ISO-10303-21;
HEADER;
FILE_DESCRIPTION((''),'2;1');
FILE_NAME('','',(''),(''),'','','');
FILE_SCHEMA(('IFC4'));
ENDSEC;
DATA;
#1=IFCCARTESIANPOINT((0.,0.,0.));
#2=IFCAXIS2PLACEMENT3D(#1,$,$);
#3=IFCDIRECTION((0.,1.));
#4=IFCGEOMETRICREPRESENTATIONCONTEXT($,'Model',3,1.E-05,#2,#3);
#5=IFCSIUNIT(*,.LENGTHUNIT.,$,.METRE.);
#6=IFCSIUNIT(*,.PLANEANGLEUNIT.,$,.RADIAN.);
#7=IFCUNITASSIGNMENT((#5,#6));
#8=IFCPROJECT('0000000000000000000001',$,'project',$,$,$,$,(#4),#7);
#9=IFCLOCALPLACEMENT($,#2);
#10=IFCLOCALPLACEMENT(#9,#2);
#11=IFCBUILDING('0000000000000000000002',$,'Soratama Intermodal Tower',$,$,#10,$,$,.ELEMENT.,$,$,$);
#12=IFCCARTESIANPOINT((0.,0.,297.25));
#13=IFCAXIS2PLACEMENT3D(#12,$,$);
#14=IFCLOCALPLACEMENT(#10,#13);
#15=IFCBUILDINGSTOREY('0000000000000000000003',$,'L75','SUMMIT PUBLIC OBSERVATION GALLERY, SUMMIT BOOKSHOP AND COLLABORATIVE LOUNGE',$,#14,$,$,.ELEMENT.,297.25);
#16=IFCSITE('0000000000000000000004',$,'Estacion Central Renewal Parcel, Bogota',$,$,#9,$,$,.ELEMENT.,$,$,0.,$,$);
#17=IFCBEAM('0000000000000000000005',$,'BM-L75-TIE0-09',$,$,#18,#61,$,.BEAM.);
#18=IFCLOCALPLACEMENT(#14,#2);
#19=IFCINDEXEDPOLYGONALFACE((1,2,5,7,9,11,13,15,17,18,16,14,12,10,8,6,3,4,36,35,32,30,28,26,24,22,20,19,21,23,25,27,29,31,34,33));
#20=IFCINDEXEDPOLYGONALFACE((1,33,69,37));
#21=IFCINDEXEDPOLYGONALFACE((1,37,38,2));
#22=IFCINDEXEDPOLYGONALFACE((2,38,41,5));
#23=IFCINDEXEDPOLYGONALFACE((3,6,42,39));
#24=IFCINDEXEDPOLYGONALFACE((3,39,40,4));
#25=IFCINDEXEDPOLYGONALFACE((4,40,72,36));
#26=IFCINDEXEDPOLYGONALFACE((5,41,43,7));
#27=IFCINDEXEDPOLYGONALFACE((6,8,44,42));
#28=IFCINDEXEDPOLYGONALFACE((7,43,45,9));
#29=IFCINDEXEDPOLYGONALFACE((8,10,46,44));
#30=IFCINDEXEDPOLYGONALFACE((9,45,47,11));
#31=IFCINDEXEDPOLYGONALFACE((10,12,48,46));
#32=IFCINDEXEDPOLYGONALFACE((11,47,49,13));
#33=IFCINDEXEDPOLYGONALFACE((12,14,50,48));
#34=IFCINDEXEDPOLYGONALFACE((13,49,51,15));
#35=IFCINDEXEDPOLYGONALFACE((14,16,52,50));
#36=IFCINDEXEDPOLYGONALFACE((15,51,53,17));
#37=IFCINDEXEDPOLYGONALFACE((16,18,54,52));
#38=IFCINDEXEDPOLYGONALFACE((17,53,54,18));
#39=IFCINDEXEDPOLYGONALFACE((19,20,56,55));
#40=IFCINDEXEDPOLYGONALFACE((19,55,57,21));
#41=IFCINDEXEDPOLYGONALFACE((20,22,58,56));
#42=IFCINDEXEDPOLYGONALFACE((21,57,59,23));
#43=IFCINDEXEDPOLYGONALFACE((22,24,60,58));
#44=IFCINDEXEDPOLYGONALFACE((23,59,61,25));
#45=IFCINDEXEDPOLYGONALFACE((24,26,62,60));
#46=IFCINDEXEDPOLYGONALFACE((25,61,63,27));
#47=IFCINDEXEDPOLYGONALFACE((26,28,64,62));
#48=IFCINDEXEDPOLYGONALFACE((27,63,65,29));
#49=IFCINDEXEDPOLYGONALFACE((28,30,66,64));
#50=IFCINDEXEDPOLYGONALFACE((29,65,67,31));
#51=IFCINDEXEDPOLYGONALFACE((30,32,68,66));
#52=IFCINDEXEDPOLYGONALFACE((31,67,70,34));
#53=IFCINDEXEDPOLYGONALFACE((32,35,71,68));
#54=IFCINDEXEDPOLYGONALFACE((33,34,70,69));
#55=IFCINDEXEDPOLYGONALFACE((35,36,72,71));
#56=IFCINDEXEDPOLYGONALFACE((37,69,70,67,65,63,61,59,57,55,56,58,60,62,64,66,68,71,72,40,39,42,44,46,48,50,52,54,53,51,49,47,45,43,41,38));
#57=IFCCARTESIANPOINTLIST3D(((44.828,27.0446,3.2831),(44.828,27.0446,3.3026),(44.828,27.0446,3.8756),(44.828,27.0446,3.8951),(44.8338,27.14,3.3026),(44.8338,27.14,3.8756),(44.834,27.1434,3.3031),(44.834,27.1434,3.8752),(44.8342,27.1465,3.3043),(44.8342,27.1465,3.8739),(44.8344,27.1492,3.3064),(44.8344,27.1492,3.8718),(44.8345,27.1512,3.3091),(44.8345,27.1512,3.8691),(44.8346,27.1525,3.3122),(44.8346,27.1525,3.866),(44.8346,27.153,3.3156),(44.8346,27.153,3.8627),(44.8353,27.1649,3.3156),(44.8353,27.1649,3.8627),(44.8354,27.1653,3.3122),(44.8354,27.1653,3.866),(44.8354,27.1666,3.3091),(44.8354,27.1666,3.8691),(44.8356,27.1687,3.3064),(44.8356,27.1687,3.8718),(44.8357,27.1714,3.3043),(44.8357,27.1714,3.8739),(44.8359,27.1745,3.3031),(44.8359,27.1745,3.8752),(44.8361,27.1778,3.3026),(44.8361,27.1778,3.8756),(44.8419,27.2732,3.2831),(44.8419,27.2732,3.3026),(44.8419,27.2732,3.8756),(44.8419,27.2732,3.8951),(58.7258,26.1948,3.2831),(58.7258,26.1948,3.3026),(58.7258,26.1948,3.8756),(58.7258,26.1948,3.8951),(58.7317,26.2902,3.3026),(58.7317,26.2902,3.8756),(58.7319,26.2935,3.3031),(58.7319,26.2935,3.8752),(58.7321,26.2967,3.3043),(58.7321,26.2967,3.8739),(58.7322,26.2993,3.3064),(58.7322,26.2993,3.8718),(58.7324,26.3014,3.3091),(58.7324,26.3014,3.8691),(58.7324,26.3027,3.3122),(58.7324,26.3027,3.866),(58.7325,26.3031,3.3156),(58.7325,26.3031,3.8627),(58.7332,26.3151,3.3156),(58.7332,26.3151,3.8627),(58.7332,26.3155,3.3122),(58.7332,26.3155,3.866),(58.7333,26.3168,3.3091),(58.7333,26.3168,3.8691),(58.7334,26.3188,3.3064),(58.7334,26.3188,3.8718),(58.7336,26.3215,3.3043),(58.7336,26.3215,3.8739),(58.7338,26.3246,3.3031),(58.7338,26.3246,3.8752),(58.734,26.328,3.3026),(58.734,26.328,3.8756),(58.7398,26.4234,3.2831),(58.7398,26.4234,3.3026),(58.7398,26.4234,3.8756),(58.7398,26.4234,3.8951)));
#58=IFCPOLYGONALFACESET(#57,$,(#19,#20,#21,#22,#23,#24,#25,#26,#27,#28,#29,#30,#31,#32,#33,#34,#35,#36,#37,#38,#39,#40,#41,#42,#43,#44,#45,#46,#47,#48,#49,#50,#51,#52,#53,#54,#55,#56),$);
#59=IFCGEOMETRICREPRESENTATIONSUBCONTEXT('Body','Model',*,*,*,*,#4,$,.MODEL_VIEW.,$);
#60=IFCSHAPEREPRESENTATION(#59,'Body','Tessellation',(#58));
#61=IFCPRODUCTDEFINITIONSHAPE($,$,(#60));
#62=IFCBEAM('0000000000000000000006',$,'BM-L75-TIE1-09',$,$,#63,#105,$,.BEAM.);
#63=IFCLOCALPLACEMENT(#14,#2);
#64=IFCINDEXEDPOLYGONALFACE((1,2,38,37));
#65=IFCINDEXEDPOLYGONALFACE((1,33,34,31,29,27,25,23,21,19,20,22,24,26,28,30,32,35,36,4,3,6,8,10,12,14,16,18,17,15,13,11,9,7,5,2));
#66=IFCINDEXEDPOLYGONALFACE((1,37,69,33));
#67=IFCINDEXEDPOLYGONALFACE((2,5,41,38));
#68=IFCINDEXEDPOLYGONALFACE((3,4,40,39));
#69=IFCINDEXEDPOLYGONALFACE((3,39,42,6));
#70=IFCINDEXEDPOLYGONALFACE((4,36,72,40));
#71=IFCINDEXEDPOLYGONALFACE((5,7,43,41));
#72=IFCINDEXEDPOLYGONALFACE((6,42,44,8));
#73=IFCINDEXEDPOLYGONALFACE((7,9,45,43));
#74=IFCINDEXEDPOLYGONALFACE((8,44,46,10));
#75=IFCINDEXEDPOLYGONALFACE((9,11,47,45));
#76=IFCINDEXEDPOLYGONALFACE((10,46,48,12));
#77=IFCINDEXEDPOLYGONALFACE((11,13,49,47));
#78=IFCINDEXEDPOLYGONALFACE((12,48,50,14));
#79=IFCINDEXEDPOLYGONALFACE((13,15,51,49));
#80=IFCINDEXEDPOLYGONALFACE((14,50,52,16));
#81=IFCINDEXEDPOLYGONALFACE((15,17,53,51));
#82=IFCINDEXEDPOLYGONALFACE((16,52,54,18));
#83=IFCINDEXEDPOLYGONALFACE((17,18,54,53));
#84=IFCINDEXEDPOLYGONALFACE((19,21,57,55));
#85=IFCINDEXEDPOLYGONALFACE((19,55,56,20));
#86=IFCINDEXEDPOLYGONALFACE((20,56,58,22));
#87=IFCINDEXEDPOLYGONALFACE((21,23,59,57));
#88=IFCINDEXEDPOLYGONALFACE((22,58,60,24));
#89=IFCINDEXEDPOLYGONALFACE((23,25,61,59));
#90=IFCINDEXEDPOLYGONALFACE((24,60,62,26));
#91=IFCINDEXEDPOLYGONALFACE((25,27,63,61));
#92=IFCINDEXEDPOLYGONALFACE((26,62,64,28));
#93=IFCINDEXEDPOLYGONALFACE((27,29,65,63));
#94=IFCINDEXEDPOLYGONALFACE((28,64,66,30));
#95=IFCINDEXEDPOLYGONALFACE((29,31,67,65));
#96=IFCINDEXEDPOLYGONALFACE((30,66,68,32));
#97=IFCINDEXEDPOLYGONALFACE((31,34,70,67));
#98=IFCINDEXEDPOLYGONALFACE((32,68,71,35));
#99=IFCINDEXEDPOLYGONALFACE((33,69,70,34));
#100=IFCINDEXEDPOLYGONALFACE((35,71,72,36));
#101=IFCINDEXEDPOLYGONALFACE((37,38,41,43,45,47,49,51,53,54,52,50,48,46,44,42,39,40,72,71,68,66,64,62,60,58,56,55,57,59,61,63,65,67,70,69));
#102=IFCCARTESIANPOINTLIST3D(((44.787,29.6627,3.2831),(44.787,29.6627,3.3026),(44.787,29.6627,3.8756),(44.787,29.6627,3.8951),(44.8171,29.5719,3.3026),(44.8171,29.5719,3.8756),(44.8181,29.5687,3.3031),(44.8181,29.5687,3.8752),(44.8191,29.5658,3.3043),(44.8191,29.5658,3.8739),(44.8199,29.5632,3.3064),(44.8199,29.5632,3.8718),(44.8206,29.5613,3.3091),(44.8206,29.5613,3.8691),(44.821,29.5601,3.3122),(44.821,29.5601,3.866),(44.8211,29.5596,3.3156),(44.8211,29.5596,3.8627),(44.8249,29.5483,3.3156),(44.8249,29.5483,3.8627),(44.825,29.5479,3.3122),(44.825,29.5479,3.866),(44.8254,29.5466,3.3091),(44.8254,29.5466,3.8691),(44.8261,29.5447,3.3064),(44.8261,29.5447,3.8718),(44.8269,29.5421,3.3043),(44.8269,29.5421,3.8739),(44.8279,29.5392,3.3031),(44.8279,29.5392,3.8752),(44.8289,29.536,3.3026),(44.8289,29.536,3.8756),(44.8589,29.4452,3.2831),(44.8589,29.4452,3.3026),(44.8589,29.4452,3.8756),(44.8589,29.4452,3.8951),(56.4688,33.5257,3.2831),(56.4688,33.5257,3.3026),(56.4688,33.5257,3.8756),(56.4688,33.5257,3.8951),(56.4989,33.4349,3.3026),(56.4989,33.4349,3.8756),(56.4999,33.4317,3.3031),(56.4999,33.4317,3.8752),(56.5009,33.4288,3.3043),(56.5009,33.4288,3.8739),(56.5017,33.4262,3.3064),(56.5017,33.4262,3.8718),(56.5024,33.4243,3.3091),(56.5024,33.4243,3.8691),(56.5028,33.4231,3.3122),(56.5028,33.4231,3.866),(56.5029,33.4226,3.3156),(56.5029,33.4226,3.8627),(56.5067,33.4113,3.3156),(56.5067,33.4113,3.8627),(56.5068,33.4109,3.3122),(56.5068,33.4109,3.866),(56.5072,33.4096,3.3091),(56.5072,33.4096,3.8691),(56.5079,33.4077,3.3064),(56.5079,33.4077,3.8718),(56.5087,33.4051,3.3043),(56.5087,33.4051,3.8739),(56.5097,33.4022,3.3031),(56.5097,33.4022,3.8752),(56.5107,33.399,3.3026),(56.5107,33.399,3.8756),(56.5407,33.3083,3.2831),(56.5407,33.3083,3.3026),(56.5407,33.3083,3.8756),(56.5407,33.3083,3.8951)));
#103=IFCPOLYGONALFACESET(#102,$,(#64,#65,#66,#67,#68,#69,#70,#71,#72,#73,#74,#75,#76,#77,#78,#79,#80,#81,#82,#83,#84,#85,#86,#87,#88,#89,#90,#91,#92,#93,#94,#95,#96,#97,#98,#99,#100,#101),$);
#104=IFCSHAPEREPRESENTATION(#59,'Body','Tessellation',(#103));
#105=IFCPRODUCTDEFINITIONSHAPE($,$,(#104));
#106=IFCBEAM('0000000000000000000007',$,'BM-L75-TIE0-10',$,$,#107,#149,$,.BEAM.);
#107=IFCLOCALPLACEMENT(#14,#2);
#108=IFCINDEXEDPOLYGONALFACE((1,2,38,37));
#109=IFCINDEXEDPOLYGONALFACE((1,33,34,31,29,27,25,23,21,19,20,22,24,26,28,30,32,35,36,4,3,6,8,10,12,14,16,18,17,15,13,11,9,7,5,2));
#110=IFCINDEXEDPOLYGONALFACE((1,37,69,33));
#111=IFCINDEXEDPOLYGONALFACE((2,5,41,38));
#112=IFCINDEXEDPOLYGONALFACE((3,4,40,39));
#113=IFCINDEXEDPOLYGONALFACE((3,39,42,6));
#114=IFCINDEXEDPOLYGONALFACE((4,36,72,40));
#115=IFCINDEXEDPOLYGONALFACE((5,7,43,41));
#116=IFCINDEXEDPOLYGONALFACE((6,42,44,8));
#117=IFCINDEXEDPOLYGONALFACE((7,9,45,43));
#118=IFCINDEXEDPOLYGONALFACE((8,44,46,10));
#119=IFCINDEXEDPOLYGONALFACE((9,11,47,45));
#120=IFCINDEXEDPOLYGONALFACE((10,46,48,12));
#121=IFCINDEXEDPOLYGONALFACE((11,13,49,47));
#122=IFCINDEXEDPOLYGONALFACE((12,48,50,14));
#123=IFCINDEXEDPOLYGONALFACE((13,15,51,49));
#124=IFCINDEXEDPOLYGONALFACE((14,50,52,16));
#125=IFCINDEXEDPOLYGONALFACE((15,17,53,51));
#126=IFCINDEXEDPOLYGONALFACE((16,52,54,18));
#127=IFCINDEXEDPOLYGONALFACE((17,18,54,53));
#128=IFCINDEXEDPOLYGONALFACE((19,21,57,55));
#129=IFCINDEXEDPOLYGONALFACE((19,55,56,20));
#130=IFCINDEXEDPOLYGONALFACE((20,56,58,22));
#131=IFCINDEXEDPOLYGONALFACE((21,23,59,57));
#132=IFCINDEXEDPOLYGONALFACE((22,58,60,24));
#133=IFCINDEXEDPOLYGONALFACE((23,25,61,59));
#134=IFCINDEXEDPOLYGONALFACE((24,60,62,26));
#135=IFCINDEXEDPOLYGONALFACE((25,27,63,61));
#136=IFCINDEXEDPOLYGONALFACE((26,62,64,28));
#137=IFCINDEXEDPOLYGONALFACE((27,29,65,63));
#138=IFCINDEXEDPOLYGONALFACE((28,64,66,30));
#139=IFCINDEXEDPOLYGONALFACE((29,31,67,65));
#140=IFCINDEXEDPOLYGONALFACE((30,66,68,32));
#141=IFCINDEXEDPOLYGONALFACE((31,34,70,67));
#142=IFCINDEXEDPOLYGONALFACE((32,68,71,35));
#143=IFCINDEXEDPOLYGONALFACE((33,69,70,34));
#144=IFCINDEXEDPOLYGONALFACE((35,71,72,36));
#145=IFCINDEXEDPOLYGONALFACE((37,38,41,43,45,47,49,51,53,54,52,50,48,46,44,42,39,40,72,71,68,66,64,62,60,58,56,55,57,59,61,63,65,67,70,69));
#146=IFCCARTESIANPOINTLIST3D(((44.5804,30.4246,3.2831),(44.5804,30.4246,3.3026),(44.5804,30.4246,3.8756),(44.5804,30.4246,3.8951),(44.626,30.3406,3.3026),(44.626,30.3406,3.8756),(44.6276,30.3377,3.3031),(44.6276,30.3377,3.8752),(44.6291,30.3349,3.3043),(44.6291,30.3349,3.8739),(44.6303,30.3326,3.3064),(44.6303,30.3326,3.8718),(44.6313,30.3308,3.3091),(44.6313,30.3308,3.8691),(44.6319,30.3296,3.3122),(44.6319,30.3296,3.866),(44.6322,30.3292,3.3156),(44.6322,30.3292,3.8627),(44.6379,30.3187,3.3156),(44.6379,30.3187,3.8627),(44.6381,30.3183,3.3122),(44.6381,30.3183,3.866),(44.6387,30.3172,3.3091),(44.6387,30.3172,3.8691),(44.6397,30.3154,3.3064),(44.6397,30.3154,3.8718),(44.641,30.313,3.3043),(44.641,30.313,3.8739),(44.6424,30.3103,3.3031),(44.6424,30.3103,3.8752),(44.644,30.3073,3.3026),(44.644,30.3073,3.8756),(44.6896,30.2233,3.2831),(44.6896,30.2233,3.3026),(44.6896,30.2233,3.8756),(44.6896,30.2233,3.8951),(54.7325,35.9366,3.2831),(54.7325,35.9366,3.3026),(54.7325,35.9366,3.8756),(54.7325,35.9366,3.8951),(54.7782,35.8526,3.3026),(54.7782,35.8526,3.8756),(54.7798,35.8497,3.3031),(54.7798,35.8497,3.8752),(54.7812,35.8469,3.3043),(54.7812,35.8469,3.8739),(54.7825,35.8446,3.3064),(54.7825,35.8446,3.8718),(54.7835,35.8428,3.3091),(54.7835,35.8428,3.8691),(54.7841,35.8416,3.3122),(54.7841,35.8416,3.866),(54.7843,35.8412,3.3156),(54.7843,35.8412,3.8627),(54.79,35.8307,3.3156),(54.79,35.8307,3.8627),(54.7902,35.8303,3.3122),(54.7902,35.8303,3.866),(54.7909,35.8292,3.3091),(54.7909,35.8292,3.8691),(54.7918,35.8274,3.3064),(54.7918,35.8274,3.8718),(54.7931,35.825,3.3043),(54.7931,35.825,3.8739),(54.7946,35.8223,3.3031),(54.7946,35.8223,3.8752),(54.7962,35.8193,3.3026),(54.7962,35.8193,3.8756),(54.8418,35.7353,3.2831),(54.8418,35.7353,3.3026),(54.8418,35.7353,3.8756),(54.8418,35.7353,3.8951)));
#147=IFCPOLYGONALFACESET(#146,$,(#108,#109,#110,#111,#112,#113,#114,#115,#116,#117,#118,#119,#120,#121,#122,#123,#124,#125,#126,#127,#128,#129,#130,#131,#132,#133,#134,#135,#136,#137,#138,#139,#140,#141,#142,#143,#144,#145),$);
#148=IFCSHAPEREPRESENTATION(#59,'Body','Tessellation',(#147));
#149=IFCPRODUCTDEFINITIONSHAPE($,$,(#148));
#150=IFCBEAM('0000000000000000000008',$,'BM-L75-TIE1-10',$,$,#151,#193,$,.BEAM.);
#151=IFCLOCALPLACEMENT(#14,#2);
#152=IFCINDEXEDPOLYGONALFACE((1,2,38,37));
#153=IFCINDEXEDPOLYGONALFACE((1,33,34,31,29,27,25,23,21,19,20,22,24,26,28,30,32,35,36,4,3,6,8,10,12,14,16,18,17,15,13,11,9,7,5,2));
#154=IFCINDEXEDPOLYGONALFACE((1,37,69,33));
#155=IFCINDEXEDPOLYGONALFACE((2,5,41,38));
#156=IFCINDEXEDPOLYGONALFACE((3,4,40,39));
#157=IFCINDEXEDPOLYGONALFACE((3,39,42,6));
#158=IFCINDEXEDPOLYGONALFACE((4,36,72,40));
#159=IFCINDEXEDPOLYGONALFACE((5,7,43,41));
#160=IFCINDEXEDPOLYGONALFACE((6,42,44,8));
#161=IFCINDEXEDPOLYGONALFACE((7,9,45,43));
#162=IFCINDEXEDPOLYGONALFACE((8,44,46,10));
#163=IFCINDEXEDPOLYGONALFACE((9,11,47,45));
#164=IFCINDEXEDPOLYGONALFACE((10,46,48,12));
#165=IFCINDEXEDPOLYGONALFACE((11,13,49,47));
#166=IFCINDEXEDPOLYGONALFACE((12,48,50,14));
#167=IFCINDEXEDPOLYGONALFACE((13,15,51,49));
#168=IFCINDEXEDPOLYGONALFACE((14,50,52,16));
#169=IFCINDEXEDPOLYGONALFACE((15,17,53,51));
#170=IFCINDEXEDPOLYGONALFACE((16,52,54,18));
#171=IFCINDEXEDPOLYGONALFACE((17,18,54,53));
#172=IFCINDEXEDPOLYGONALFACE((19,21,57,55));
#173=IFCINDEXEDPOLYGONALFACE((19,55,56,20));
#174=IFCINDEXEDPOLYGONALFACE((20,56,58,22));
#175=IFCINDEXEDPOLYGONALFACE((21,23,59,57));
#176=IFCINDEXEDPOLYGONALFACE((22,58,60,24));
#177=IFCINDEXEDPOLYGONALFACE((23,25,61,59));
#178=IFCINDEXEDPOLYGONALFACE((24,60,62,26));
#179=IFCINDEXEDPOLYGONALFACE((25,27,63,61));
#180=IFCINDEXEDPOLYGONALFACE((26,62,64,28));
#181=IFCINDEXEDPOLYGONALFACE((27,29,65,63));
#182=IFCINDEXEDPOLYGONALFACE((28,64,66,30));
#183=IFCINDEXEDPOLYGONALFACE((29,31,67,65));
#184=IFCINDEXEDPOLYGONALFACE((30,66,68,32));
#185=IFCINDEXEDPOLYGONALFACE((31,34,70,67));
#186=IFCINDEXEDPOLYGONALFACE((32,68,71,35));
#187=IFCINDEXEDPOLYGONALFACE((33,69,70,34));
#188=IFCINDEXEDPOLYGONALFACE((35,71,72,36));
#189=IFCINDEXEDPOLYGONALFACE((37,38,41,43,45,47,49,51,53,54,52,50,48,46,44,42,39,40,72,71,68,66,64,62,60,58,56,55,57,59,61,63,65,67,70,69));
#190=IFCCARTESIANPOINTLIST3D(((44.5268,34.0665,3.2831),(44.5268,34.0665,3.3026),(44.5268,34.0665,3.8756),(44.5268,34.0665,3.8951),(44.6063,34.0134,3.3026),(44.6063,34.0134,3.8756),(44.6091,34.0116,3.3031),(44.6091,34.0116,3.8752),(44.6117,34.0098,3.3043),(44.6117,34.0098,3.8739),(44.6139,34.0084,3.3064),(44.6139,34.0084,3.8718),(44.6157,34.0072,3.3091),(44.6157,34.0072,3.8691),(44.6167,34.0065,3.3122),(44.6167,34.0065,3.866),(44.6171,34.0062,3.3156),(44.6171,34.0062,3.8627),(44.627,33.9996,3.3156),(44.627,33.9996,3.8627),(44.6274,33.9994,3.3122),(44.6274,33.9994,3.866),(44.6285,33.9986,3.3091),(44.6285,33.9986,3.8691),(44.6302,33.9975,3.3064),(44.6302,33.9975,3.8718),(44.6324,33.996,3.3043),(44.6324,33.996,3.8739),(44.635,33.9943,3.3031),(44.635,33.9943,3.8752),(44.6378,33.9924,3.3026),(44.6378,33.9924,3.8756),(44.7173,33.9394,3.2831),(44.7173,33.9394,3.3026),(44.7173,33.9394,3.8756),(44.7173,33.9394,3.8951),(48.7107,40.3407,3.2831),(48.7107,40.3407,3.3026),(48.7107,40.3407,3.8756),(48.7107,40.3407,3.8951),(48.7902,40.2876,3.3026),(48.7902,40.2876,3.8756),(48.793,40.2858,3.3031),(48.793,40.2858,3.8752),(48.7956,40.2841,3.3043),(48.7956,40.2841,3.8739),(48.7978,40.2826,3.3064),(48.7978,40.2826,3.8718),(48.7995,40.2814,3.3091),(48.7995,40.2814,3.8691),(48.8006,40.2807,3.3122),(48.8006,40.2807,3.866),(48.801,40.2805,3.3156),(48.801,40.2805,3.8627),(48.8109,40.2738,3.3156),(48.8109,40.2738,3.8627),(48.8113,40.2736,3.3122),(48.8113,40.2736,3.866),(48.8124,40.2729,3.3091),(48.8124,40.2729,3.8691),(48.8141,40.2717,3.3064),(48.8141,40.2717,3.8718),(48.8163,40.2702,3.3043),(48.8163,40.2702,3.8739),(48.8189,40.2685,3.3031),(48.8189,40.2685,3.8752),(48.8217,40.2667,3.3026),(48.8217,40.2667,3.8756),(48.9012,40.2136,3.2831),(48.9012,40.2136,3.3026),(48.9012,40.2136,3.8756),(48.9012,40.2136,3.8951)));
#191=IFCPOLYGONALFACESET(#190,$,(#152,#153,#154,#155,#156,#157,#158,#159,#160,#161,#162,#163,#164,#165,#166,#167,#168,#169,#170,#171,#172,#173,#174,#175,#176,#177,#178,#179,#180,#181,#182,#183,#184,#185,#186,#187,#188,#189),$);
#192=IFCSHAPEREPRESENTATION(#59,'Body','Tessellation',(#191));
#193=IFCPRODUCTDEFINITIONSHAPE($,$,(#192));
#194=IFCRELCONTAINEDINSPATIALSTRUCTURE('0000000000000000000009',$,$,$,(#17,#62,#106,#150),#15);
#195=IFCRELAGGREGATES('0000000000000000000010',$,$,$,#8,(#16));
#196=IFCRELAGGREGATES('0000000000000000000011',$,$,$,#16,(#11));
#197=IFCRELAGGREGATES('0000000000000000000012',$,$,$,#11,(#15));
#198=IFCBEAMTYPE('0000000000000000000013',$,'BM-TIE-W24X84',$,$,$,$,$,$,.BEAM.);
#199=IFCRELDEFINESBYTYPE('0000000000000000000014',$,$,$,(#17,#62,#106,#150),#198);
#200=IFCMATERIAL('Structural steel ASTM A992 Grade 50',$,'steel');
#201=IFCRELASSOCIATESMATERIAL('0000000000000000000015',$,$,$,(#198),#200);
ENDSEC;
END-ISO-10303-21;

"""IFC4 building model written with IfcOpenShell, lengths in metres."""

from ifc_helpers import new_model, si_unit, direction, frame, origin, origin_2d, place, context, subcontext, project, spatial, i_section, extrude, material, material_profile, profile_set, type_object, element, save


model = new_model("IFC4")

# Units and contexts
model_context = context("Model", 3, precision=1e-05, world=origin(), true_north=direction((0.0, 1.0)))
body_context = subcontext(model_context, "Body", "Model", "MODEL_VIEW")
ifc_project = project(units=[si_unit("LENGTHUNIT", "METRE"), si_unit("PLANEANGLEUNIT", "RADIAN")], contexts=[model_context])

# Site, building, storey
site_placement = place(None, origin())
site = spatial("IfcSite", under=ifc_project, at=site_placement, Name="Estacion Central Renewal Parcel, Bogota", CompositionType="ELEMENT", RefElevation=0.0)
building_placement = place(site_placement, origin())
building = spatial("IfcBuilding", under=site, at=building_placement, Name="Soratama Intermodal Tower", CompositionType="ELEMENT")
storey_placement = place(building_placement, frame((0.0, 0.0, 297.25)))
storey = spatial("IfcBuildingStorey", under=building, at=storey_placement, Name="L75", Description="SUMMIT PUBLIC OBSERVATION GALLERY, SUMMIT BOOKSHOP AND COLLABORATIVE LOUNGE", CompositionType="ELEMENT", Elevation=297.25)

# Beams
ifc_material_1 = material(Name="Structural steel ASTM A992 Grade 50", Category="steel")
ifc_material_profile_1 = material_profile(ifc_material_1, i_section(OverallWidth=0.229, OverallDepth=0.6121, WebThickness=0.012, FlangeThickness=0.0195, FilletRadius=0.0129, at=origin_2d()), Name="W24X84")
ifc_profile_set_1 = profile_set([ifc_material_profile_1], Name="Structural steel ASTM A992 Grade 50")
beam_type_1 = type_object("IfcBeamType", Name="BM-TIE-W24X84", PredefinedType="BEAM", material=ifc_profile_set_1)
beam_1_placement = place(storey_placement, frame((44.835, 27.1589, 3.5891), z_axis=(0.998136, -0.061036, 0.0), x_axis=(0.061036, 0.998136, 0.0)))
element("IfcBeam", 1, at=beam_1_placement, inside=storey, type_object=beam_type_1, Name="BM-L75-TIE0-09", PredefinedType="BEAM", context=body_context, shape_type="SweptSolid", body=[
    extrude(i_section(OverallWidth=0.229, OverallDepth=0.6121, WebThickness=0.012, FlangeThickness=0.0195, FilletRadius=0.0129, at=origin_2d()), origin(), (0.0, 0.0, 1.0), 13.9238),
])
beam_2_placement = place(storey_placement, frame((44.823, 29.554, 3.5891), z_axis=(0.949435, 0.313965, 0.0), x_axis=(-0.313965, 0.949435, 0.0)))
element("IfcBeam", 2, at=beam_2_placement, inside=storey, type_object=beam_type_1, Name="BM-L75-TIE1-09", PredefinedType="BEAM", context=body_context, shape_type="SweptSolid", body=[
    extrude(i_section(OverallWidth=0.229, OverallDepth=0.6121, WebThickness=0.012, FlangeThickness=0.0195, FilletRadius=0.0129, at=origin_2d()), origin(), (0.0, 0.0, 1.0), 12.304),
])
beam_3_placement = place(storey_placement, frame((44.635, 30.324, 3.5891), z_axis=(0.878824, 0.477147, 0.0), x_axis=(-0.477147, 0.878824, 0.0)))
element("IfcBeam", 3, at=beam_3_placement, inside=storey, type_object=beam_type_1, Name="BM-L75-TIE0-10", PredefinedType="BEAM", context=body_context, shape_type="SweptSolid", body=[
    extrude(i_section(OverallWidth=0.229, OverallDepth=0.6121, WebThickness=0.012, FlangeThickness=0.0195, FilletRadius=0.0129, at=origin_2d()), origin(), (0.0, 0.0, 1.0), 11.552),
])
beam_4_placement = place(storey_placement, frame((44.6221, 34.0029, 3.5891), z_axis=(0.554797, 0.831986, 0.0), x_axis=(-0.831986, 0.554797, 0.0)))
element("IfcBeam", 4, at=beam_4_placement, inside=storey, type_object=beam_type_1, Name="BM-L75-TIE1-10", PredefinedType="BEAM", context=body_context, shape_type="SweptSolid", body=[
    extrude(i_section(OverallWidth=0.229, OverallDepth=0.6121, WebThickness=0.012, FlangeThickness=0.0195, FilletRadius=0.0129, at=origin_2d()), origin(), (0.0, 0.0, 1.0), 7.5413),
])

save(model, "model.ifc")
